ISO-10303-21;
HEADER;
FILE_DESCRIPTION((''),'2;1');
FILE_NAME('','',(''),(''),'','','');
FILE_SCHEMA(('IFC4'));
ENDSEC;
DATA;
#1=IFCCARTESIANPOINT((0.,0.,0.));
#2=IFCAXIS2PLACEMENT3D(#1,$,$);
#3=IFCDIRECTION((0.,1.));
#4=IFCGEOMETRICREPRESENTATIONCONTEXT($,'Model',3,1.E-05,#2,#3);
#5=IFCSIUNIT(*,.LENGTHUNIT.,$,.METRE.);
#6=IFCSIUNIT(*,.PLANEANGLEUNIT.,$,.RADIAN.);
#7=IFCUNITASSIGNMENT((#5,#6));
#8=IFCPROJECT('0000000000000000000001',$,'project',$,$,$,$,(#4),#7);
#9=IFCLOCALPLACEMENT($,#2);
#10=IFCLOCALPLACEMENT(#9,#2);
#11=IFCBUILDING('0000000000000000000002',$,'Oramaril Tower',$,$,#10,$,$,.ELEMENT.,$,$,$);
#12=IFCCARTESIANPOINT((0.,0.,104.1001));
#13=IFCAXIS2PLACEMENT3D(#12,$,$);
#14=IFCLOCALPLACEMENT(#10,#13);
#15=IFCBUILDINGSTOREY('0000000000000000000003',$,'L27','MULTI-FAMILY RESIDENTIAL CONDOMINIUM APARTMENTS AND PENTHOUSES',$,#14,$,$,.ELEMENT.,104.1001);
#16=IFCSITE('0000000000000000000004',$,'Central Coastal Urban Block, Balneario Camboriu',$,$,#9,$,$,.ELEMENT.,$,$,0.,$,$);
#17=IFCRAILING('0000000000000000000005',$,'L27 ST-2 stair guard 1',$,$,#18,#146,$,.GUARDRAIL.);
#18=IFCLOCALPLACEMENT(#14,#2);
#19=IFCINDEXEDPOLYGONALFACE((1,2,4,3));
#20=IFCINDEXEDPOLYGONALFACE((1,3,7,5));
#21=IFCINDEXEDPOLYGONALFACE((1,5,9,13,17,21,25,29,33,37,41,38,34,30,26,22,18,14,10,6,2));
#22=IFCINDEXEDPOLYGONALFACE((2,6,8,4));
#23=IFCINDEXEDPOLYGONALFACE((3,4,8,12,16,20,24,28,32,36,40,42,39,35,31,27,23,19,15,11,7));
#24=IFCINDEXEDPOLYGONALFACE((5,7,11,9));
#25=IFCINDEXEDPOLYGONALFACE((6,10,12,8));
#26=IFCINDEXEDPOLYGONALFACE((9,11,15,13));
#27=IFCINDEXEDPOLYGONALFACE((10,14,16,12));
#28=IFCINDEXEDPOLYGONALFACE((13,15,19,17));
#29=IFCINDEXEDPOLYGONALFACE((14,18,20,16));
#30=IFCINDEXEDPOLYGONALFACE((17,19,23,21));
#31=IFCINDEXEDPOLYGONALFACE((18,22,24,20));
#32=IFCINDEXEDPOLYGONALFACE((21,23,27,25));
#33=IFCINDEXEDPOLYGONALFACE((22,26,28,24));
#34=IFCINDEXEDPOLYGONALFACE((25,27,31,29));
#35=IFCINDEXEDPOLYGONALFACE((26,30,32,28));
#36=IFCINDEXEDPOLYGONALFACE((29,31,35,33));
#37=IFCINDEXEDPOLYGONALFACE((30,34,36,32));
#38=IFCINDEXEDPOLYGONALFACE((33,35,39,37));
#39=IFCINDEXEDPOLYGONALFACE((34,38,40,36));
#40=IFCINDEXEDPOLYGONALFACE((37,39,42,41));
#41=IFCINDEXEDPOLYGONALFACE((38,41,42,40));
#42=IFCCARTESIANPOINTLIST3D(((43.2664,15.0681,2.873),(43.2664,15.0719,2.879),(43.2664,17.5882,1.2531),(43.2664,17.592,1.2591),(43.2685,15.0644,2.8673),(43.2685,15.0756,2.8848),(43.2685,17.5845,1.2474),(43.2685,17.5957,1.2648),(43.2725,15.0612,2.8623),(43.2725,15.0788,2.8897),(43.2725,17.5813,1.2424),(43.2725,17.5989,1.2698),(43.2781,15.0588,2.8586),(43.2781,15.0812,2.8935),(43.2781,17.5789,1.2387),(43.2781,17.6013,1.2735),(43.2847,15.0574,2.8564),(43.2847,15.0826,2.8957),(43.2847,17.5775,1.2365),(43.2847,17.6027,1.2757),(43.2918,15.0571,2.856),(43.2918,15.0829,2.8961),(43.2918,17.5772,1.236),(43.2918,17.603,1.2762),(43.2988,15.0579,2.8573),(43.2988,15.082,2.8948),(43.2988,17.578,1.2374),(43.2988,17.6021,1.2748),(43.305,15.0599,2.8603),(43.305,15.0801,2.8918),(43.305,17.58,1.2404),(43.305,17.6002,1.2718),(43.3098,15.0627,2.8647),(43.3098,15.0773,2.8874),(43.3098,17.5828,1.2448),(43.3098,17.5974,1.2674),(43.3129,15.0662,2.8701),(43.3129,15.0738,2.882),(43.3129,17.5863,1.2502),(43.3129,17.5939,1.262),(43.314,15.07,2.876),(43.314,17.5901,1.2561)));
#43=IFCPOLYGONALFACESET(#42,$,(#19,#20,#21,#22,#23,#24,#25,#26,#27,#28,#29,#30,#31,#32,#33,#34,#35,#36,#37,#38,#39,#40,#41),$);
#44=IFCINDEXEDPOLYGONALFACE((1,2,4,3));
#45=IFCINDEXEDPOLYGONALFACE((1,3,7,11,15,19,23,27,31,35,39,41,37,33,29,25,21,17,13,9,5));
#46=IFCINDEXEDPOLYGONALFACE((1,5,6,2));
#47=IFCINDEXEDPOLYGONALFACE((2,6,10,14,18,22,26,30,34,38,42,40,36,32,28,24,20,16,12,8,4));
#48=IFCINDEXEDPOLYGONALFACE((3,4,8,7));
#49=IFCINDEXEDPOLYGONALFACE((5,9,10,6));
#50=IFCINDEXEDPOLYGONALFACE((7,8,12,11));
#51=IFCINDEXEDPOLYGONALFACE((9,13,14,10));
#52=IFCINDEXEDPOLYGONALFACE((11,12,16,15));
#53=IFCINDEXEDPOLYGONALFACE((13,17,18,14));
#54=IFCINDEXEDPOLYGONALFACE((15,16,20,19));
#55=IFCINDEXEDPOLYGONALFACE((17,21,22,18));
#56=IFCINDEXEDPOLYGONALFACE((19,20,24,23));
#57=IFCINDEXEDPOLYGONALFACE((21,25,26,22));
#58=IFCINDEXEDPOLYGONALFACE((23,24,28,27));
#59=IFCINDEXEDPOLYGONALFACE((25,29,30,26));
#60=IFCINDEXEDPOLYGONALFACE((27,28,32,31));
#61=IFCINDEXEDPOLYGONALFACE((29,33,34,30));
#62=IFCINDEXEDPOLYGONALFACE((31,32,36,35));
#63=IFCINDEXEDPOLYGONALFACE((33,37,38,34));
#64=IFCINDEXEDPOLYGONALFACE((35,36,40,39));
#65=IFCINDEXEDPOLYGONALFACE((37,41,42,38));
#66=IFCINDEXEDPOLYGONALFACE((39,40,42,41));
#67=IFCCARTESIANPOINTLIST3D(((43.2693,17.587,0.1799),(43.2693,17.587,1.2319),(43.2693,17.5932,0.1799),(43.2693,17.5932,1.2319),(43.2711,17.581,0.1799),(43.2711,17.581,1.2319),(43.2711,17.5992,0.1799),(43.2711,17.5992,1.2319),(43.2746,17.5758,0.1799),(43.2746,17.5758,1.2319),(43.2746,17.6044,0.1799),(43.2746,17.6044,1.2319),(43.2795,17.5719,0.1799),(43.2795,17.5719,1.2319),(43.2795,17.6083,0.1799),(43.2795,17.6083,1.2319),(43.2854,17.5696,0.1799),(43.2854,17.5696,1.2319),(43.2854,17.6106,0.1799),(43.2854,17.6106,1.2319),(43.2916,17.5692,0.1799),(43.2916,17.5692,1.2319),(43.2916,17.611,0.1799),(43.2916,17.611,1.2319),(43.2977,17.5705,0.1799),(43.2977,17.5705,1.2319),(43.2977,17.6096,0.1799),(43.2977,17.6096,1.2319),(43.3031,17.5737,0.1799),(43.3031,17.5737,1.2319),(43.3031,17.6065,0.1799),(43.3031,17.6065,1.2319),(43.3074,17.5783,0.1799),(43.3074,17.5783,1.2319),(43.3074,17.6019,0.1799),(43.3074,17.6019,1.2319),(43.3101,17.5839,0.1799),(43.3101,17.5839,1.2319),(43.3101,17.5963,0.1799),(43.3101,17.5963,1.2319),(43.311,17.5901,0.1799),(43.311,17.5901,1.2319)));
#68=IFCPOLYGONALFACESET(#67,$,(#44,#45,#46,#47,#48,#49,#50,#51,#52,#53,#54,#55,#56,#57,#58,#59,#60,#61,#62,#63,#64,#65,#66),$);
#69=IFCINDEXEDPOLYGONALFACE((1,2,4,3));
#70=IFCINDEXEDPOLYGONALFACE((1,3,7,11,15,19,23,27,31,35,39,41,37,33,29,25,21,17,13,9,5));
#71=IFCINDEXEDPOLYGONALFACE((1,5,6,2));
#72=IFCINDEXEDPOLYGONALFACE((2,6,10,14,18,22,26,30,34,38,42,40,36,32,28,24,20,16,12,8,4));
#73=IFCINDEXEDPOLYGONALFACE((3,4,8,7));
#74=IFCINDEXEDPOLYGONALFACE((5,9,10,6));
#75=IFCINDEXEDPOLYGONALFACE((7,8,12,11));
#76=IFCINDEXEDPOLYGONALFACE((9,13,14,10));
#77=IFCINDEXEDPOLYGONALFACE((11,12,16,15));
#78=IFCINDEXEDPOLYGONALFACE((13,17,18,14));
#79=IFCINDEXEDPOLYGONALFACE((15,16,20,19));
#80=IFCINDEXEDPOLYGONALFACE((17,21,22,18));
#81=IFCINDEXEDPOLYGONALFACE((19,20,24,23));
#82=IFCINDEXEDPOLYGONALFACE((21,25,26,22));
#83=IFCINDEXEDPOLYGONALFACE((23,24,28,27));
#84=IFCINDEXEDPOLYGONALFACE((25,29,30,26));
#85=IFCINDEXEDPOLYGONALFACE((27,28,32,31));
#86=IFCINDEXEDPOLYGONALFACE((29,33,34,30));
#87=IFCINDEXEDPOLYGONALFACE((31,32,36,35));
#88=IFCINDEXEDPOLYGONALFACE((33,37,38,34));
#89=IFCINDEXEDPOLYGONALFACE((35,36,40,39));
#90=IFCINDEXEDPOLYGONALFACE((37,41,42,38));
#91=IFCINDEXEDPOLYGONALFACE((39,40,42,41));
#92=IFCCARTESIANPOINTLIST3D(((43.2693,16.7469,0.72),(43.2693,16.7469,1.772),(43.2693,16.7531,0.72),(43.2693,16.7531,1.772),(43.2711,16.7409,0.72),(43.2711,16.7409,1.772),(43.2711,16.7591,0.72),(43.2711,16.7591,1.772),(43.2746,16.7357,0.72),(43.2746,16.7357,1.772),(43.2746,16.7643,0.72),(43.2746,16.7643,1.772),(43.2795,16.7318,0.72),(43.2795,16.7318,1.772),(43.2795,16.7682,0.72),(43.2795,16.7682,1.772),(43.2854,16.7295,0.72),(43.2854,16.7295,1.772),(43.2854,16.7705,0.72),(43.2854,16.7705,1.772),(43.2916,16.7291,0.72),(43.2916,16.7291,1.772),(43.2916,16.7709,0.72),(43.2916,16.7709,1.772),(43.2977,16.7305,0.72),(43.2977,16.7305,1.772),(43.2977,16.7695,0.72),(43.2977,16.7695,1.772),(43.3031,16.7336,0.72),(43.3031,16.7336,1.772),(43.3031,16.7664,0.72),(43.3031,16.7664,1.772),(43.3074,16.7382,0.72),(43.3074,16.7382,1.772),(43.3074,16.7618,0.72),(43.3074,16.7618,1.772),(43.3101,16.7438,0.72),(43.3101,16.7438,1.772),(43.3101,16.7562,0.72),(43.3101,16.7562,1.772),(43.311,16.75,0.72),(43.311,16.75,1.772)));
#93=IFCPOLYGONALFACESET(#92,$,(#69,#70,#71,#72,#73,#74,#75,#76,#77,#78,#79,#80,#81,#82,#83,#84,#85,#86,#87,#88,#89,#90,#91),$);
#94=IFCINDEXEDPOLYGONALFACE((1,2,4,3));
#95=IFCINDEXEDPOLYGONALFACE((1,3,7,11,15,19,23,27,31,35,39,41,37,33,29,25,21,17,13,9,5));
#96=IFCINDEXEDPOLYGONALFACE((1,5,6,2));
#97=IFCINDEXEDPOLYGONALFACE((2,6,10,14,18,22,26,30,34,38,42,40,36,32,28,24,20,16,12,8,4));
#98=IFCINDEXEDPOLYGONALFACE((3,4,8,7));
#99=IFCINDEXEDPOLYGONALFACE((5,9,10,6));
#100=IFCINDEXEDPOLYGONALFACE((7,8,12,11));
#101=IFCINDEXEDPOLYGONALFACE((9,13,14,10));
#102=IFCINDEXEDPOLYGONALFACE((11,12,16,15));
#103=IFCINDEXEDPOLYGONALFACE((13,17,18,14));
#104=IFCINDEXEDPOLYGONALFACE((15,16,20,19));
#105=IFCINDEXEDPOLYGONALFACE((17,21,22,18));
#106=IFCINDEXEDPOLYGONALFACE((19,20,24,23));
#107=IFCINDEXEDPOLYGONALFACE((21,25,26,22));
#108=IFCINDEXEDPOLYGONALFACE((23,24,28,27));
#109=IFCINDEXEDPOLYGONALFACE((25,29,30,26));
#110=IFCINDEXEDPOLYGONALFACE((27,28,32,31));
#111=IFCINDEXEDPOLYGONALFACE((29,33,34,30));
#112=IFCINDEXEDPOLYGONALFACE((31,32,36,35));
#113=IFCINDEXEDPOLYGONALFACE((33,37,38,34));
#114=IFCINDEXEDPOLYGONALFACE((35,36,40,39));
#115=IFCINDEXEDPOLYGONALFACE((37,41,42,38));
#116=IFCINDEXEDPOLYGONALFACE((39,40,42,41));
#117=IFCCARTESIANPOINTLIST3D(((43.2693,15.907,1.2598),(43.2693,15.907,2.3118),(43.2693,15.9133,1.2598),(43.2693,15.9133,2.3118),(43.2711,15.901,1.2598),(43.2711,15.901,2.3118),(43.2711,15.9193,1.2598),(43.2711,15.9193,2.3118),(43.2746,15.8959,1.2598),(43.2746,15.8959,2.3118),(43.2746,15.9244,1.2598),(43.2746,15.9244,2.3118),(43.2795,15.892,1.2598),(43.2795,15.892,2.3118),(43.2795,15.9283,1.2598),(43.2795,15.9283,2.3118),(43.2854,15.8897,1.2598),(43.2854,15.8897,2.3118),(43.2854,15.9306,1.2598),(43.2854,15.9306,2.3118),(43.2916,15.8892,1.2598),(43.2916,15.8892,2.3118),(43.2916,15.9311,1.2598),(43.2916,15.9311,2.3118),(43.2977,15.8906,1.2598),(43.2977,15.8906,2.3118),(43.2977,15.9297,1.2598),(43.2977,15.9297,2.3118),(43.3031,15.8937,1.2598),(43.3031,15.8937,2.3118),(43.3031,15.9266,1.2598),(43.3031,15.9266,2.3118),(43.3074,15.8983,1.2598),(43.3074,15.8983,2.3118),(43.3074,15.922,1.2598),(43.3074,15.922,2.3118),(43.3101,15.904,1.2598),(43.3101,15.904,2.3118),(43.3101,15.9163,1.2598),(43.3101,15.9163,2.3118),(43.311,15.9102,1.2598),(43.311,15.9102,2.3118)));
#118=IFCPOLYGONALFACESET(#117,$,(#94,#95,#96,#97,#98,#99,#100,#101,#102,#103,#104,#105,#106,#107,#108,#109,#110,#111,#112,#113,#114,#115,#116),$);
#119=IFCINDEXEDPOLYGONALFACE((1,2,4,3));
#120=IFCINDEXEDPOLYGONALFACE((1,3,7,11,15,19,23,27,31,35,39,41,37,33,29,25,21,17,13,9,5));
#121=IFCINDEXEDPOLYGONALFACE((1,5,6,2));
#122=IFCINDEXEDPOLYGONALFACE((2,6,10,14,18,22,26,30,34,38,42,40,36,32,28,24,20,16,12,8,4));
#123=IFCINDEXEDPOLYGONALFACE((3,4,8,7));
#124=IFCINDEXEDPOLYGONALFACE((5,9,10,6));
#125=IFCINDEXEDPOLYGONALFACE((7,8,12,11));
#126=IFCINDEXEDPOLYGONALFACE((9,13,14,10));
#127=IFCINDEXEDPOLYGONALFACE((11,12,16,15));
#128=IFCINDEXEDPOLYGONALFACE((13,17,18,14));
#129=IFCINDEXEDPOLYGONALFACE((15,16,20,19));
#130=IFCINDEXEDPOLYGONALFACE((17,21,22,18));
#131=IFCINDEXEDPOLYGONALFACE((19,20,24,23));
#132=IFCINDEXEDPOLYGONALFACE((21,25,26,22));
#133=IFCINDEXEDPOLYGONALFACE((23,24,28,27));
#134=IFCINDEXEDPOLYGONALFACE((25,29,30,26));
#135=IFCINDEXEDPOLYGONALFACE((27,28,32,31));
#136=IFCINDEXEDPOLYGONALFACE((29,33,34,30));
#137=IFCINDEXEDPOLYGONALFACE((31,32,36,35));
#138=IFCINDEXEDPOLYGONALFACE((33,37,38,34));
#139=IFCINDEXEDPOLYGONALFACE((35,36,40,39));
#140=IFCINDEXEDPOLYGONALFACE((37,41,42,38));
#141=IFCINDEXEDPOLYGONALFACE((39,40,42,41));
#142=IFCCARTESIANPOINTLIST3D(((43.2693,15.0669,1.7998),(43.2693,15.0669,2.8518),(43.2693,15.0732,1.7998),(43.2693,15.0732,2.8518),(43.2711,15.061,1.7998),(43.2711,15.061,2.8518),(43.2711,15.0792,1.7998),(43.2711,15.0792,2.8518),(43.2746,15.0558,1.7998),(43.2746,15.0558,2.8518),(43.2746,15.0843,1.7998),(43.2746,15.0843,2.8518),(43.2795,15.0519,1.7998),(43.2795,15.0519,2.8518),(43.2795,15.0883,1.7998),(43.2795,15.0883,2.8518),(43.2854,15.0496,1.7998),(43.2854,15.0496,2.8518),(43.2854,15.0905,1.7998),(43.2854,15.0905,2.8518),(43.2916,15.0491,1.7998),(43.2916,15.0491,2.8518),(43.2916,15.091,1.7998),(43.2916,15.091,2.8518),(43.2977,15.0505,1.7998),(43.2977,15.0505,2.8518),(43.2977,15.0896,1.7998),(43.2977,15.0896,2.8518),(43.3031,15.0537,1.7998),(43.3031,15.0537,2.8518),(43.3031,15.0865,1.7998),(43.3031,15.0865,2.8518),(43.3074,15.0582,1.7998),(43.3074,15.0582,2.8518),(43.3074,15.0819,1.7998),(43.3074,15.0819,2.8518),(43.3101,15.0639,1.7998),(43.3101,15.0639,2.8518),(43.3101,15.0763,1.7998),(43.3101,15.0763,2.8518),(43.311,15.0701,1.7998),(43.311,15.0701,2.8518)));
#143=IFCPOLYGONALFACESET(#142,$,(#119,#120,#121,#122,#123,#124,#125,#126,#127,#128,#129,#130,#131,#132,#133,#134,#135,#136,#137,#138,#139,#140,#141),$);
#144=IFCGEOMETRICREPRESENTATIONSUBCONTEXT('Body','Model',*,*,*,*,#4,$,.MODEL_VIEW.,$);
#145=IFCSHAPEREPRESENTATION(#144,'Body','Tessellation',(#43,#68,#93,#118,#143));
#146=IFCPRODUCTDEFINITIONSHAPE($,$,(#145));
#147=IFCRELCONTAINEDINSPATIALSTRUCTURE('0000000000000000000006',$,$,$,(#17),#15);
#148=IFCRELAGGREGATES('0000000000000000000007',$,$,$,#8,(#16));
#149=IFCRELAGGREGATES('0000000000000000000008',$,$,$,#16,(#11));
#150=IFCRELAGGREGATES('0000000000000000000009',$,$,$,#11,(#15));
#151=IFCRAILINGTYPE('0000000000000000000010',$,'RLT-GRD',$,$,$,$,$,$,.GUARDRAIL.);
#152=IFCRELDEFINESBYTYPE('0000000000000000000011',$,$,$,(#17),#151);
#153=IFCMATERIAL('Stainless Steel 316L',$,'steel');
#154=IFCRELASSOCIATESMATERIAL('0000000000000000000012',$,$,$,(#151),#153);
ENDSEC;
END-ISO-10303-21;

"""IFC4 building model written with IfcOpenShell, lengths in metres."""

from ifc_helpers import new_model, si_unit, direction, frame, origin, origin_2d, place, context, subcontext, project, spatial, circle, extrude, material, type_object, element, save


model = new_model("IFC4")

# Units and contexts
model_context = context("Model", 3, precision=1e-05, world=origin(), true_north=direction((0.0, 1.0)))
body_context = subcontext(model_context, "Body", "Model", "MODEL_VIEW")
ifc_project = project(units=[si_unit("LENGTHUNIT", "METRE"), si_unit("PLANEANGLEUNIT", "RADIAN")], contexts=[model_context])

# Site, building, storey
site_placement = place(None, origin())
site = spatial("IfcSite", under=ifc_project, at=site_placement, Name="Central Coastal Urban Block, Balneario Camboriu", CompositionType="ELEMENT", RefElevation=0.0)
building_placement = place(site_placement, origin())
building = spatial("IfcBuilding", under=site, at=building_placement, Name="Oramaril Tower", CompositionType="ELEMENT")
storey_placement = place(building_placement, frame((0.0, 0.0, 104.1001)))
storey = spatial("IfcBuildingStorey", under=building, at=storey_placement, Name="L27", Description="MULTI-FAMILY RESIDENTIAL CONDOMINIUM APARTMENTS AND PENTHOUSES", CompositionType="ELEMENT", Elevation=104.1001)

# Railing
ifc_material_1 = material(Name="Stainless Steel 316L", Category="steel")
railing_type_1 = type_object("IfcRailingType", Name="RLT-GRD", PredefinedType="GUARDRAIL", material=ifc_material_1)
railing_1_placement = place(storey_placement, frame((43.29, 17.5901, 0.1799)))
element("IfcRailing", 1, at=railing_1_placement, inside=storey, type_object=railing_type_1, Name="L27 ST-2 stair guard 1", PredefinedType="GUARDRAIL", context=body_context, shape_type="SweptSolid", body=[
    extrude(circle(Radius=0.0239, at=origin_2d()), frame((0.0, 0.0, 1.0762), z_axis=(0.0, -0.8412, 0.540725), x_axis=(1.0, 0.0, 0.0)), (0.0, 0.0, 1.0), 2.9958),
    extrude(circle(Radius=0.021, at=origin_2d()), origin(), (0.0, 0.0, 1.0), 1.052),
    extrude(circle(Radius=0.021, at=origin_2d()), frame((0.0, -0.8401, 0.54)), (0.0, 0.0, 1.0), 1.052),
    extrude(circle(Radius=0.021, at=origin_2d()), frame((0.0, -1.6799, 1.0798)), (0.0, 0.0, 1.0), 1.052),
    extrude(circle(Radius=0.021, at=origin_2d()), frame((0.0, -2.52, 1.6199)), (0.0, 0.0, 1.0), 1.052),
])

save(model, "model.ifc")
